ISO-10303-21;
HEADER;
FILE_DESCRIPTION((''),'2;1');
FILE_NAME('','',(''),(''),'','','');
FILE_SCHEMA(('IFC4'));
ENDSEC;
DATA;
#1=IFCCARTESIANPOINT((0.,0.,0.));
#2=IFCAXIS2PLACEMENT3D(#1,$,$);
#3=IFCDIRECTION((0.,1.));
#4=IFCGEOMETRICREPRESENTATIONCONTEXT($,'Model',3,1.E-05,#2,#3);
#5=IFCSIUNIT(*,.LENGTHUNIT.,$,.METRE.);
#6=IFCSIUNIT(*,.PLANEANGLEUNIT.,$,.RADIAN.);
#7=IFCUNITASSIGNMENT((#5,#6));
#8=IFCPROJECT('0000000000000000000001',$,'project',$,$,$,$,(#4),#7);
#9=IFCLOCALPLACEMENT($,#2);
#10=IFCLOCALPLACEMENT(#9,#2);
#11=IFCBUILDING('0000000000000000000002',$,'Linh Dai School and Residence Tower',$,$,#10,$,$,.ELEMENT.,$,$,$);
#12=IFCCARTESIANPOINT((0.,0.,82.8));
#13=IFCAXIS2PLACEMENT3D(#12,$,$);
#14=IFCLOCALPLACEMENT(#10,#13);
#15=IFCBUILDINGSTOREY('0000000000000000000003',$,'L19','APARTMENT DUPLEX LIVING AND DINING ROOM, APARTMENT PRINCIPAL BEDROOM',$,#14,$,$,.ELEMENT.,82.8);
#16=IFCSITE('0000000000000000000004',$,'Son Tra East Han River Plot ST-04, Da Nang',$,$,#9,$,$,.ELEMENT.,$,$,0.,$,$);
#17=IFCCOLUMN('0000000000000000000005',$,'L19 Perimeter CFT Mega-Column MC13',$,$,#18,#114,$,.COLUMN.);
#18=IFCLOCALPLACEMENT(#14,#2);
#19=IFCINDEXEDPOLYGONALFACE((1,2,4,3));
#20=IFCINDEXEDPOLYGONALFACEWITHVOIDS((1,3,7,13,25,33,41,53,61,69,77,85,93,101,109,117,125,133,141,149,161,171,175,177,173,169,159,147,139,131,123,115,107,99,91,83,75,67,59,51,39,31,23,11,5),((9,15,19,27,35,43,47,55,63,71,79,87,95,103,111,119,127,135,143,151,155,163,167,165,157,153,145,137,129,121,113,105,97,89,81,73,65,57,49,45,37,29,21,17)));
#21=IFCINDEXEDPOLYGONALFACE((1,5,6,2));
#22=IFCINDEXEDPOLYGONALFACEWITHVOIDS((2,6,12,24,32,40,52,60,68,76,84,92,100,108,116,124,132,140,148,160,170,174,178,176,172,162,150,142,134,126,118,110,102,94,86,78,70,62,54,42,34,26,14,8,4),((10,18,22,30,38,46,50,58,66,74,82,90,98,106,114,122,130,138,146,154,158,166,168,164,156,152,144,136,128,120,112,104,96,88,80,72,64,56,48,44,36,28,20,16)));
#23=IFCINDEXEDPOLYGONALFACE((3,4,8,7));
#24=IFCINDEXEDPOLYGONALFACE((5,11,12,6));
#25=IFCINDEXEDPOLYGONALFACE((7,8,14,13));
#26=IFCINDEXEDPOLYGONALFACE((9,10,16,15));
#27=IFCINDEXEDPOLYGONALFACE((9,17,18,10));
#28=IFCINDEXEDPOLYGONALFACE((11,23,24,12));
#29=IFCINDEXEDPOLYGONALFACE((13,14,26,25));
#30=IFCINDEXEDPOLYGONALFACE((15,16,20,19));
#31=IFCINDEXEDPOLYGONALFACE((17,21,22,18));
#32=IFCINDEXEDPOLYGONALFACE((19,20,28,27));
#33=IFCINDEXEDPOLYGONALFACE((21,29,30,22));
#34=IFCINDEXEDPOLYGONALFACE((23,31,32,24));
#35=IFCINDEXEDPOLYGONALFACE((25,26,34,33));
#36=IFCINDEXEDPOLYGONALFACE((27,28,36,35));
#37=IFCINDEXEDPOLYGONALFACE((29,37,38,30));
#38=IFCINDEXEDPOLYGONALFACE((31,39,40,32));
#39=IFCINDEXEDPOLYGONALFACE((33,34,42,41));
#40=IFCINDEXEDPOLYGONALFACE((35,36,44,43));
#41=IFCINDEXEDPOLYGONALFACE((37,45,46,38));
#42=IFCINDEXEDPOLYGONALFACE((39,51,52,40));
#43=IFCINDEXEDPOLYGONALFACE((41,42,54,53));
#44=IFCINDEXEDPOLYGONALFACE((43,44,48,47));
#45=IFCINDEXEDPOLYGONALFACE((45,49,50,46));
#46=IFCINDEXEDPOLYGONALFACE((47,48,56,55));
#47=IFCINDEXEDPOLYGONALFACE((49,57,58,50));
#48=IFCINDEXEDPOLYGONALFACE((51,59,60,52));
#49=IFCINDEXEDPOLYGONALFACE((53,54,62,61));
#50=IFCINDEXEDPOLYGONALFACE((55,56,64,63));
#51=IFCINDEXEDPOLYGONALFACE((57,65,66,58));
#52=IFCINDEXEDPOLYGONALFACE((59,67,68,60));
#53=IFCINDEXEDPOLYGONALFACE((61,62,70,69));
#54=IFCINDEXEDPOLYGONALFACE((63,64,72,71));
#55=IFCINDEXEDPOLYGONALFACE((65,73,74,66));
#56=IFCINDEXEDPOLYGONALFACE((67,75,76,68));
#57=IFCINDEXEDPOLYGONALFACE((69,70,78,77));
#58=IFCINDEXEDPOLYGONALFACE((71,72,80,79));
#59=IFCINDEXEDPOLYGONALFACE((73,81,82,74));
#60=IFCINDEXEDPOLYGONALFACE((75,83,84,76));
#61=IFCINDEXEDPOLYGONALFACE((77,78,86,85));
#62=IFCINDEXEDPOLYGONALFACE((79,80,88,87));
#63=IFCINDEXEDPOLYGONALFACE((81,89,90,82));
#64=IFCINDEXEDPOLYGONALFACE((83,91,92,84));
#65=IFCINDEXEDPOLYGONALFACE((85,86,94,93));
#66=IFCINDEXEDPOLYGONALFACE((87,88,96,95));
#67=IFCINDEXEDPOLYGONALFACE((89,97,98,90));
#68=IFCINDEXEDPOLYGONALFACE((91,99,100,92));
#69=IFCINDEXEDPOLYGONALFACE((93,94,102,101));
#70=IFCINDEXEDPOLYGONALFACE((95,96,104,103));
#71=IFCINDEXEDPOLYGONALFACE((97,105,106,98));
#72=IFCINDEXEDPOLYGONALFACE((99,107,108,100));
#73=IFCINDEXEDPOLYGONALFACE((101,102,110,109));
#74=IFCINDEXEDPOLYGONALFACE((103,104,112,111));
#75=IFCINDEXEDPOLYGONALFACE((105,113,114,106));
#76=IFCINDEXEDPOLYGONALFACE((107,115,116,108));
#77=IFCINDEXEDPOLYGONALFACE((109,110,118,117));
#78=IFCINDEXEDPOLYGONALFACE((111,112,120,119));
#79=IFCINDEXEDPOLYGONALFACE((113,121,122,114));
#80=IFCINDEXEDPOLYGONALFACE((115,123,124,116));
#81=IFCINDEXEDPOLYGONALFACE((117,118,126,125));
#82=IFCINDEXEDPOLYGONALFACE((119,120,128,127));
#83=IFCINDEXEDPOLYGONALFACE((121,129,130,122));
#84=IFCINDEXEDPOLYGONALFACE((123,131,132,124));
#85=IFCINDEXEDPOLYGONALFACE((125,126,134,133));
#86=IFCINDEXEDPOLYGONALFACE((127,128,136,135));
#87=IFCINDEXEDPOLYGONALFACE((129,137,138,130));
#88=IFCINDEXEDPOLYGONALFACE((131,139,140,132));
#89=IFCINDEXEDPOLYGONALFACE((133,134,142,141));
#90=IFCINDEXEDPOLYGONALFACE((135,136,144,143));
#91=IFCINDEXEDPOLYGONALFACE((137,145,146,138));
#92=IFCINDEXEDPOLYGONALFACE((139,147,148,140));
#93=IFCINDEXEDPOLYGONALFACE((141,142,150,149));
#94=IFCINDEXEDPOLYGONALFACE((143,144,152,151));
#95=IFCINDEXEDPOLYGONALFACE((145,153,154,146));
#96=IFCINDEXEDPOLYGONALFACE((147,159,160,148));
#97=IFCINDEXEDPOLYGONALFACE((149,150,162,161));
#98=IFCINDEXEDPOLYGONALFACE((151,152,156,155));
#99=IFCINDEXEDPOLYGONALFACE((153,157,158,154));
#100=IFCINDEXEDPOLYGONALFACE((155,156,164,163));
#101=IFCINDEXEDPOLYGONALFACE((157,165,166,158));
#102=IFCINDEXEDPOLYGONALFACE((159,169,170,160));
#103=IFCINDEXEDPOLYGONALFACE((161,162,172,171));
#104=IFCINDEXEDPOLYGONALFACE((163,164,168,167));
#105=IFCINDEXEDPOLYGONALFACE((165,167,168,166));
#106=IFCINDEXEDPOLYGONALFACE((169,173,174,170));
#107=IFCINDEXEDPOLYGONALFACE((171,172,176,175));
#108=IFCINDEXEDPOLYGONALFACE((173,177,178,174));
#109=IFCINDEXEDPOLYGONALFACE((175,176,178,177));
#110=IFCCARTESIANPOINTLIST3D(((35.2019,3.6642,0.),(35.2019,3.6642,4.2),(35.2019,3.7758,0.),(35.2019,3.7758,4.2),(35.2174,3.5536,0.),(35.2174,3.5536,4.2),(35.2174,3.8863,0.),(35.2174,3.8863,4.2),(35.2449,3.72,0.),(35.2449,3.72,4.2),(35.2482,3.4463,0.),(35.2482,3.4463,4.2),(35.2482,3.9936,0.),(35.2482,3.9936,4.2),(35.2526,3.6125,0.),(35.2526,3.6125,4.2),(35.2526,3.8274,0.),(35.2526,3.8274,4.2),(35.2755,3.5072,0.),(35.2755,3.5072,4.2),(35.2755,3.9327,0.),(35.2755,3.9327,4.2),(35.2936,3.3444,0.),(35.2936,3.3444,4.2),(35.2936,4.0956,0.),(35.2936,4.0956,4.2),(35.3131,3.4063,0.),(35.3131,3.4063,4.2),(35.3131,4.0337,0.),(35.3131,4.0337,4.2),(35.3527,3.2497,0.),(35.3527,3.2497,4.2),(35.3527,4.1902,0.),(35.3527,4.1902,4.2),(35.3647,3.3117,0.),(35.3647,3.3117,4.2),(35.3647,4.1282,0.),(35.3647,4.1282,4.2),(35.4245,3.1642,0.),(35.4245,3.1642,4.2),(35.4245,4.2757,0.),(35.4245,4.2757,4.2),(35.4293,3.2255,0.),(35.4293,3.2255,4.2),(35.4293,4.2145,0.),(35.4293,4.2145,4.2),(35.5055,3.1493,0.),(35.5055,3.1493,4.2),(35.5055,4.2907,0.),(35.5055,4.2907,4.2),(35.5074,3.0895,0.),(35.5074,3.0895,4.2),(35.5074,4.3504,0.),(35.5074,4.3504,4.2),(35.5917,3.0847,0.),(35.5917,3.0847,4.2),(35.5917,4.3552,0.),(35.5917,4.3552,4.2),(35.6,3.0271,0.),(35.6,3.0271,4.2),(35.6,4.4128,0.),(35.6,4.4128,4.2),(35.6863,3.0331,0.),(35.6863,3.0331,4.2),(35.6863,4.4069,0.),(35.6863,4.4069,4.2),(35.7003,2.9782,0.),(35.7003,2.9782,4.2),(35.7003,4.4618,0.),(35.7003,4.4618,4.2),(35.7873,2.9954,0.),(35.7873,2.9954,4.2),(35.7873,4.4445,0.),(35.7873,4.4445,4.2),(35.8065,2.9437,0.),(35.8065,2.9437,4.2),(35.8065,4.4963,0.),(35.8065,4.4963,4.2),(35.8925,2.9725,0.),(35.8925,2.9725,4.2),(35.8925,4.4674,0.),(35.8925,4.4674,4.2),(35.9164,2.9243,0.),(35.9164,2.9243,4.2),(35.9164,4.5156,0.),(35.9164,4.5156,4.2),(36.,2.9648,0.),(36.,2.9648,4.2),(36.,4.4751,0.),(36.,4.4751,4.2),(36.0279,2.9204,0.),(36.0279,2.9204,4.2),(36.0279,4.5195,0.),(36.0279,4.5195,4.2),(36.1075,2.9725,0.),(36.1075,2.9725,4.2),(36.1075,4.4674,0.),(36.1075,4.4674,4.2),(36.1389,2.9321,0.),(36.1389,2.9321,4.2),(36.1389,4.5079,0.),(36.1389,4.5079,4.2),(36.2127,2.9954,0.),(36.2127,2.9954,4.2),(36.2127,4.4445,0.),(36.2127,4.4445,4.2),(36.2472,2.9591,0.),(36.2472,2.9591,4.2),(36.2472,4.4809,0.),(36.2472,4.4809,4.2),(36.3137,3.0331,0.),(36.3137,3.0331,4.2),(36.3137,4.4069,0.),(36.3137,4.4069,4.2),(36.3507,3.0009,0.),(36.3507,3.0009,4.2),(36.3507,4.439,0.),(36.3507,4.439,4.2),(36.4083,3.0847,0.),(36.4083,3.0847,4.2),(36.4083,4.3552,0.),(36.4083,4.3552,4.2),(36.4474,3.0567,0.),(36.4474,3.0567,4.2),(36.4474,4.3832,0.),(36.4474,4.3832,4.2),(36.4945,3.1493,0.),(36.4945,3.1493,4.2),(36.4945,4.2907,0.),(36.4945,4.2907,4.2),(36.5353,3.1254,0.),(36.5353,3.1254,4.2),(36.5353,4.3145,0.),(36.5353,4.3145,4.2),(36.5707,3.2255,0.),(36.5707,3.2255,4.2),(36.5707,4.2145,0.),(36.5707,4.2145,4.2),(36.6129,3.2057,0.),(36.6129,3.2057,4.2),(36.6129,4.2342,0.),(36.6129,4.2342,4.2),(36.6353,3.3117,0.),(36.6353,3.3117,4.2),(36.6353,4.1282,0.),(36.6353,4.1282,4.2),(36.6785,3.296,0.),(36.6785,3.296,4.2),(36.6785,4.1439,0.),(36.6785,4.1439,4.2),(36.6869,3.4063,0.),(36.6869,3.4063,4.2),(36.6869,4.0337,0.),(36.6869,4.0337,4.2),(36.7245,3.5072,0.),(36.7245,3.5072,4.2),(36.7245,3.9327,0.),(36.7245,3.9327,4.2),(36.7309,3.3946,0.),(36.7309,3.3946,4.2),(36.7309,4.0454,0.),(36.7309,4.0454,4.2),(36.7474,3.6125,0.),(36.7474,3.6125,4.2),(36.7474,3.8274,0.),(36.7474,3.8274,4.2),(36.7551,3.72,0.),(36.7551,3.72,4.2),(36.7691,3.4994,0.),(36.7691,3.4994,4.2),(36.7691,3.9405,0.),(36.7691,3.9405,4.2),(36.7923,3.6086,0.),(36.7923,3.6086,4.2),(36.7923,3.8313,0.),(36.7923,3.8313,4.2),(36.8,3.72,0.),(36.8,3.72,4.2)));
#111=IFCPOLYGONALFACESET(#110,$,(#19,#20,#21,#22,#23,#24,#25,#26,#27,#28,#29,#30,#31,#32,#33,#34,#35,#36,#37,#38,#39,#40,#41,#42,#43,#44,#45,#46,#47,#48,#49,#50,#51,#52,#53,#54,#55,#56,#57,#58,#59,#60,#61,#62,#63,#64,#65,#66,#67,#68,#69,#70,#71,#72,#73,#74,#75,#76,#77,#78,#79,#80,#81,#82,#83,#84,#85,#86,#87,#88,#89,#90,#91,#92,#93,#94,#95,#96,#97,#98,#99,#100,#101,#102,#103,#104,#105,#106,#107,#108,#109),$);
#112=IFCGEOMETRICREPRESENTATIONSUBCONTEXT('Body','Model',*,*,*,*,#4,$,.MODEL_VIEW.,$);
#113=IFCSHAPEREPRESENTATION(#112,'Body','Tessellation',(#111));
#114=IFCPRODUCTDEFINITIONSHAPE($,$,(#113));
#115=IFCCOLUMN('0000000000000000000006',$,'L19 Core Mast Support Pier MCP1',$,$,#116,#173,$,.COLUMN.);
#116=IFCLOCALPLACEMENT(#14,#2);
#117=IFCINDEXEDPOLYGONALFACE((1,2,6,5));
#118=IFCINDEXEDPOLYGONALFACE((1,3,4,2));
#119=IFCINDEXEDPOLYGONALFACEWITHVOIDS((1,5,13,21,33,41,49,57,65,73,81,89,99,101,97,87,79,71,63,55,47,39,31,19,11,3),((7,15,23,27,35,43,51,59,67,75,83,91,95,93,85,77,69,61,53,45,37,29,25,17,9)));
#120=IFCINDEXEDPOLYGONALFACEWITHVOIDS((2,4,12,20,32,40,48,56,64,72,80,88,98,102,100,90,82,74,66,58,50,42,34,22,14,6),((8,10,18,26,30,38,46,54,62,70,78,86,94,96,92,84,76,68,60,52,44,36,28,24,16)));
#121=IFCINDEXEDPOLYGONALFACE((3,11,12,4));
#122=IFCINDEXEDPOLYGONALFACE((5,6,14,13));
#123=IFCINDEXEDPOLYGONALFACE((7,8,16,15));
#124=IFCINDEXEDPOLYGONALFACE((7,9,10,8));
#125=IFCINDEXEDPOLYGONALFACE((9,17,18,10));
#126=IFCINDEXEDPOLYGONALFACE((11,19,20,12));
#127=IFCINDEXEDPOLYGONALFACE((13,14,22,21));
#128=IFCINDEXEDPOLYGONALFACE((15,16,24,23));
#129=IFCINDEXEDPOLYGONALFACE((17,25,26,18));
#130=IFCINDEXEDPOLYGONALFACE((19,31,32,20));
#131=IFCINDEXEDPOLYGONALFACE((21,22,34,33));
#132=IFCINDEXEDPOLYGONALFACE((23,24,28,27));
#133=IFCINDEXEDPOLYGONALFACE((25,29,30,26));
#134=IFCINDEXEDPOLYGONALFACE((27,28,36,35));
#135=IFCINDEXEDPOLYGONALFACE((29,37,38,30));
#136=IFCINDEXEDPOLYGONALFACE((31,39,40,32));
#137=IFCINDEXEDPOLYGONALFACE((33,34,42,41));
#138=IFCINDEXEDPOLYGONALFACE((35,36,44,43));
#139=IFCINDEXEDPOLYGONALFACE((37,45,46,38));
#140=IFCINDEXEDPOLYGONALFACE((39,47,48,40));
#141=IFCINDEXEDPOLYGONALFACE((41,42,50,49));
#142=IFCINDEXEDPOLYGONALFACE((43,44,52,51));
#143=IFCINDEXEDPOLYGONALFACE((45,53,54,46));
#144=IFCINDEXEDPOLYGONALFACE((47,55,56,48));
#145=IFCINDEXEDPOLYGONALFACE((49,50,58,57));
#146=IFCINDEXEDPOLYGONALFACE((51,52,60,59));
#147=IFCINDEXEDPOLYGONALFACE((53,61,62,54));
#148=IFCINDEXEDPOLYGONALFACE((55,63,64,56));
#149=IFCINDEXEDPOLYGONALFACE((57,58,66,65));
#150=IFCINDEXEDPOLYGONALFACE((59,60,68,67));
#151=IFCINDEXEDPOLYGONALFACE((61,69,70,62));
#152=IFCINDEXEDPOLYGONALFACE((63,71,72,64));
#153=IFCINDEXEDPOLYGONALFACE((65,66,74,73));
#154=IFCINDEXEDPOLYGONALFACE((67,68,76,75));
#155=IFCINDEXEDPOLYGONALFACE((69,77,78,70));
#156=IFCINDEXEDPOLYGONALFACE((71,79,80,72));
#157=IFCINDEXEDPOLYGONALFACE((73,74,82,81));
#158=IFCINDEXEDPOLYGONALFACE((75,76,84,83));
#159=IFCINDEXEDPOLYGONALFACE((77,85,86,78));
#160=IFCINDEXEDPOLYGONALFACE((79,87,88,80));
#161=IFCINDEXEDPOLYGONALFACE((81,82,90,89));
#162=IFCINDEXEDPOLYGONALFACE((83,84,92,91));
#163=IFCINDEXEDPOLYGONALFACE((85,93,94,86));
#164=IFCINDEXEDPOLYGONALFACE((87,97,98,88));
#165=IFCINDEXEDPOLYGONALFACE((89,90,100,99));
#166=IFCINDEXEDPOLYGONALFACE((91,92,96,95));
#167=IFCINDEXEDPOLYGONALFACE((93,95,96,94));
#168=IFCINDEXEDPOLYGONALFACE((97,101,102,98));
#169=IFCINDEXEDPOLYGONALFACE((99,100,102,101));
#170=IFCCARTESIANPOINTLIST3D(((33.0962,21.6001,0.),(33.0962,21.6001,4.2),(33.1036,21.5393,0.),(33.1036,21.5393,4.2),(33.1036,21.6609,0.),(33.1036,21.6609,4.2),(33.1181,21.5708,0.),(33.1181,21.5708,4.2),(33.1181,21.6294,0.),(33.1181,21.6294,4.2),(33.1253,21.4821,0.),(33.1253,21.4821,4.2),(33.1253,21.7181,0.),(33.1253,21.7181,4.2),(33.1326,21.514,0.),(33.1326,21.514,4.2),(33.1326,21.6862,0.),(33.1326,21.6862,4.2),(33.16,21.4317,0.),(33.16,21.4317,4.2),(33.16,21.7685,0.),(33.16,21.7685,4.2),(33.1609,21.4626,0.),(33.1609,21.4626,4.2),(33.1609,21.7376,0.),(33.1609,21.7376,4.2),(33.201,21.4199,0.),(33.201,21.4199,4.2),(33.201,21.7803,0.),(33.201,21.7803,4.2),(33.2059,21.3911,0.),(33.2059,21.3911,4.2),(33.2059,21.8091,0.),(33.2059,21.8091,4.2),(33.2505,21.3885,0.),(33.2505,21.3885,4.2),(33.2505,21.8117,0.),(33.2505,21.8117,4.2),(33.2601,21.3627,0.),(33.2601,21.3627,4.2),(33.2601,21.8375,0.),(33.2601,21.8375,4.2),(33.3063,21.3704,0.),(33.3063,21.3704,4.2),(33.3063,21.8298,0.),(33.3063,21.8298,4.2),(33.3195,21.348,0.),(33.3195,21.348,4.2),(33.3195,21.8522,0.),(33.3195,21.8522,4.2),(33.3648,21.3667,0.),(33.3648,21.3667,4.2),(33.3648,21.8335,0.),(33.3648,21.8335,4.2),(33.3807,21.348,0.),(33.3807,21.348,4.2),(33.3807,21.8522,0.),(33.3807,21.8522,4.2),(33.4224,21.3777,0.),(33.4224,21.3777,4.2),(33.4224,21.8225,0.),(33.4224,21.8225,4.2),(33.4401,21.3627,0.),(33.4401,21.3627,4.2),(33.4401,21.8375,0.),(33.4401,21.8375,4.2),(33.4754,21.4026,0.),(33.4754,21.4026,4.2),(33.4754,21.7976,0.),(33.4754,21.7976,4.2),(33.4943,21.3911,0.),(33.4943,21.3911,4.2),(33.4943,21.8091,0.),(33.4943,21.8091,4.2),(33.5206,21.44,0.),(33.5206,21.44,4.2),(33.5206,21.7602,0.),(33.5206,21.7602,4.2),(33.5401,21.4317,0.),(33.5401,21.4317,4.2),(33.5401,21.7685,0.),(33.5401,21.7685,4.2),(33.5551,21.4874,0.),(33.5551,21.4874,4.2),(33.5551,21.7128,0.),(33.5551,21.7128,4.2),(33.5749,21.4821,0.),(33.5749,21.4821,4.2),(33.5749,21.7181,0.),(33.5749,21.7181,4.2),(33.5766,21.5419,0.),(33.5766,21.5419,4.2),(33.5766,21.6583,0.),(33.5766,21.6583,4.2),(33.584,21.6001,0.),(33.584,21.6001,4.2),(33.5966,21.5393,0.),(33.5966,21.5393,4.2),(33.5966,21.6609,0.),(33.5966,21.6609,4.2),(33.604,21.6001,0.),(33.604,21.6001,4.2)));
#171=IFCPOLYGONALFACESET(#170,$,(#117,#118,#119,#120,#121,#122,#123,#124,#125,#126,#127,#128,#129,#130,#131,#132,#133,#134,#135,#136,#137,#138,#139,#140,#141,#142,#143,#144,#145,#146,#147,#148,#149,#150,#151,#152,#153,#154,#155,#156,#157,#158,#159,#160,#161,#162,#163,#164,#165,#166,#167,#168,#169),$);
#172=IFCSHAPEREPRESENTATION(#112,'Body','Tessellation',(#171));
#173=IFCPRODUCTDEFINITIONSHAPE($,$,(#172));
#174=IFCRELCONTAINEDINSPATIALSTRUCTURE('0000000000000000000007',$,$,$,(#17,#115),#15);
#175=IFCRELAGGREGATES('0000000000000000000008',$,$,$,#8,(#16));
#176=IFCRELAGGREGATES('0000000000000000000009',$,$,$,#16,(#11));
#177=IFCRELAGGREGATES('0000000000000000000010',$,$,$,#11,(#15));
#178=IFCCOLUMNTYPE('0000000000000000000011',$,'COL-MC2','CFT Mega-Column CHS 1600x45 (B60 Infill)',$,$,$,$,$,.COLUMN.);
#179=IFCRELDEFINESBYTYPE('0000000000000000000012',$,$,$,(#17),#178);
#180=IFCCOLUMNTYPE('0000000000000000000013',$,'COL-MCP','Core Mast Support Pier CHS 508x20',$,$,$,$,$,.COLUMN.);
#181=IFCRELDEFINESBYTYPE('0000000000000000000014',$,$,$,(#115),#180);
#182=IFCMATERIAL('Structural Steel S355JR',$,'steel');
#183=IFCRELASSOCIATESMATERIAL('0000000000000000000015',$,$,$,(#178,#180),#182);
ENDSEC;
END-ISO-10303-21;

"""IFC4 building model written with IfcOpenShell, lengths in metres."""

from ifc_helpers import new_model, si_unit, direction, frame, origin, origin_2d, place, context, subcontext, project, spatial, hollow_circle, extrude, material, material_profile, profile_set, type_object, element, save


model = new_model("IFC4")

# Units and contexts
model_context = context("Model", 3, precision=1e-05, world=origin(), true_north=direction((0.0, 1.0)))
body_context = subcontext(model_context, "Body", "Model", "MODEL_VIEW")
ifc_project = project(units=[si_unit("LENGTHUNIT", "METRE"), si_unit("PLANEANGLEUNIT", "RADIAN")], contexts=[model_context])

# Site, building, storey
site_placement = place(None, origin())
site = spatial("IfcSite", under=ifc_project, at=site_placement, Name="Son Tra East Han River Plot ST-04, Da Nang", CompositionType="ELEMENT", RefElevation=0.0)
building_placement = place(site_placement, origin())
building = spatial("IfcBuilding", under=site, at=building_placement, Name="Linh Dai School and Residence Tower", CompositionType="ELEMENT")
storey_placement = place(building_placement, frame((0.0, 0.0, 82.8)))
storey = spatial("IfcBuildingStorey", under=building, at=storey_placement, Name="L19", Description="APARTMENT DUPLEX LIVING AND DINING ROOM, APARTMENT PRINCIPAL BEDROOM", CompositionType="ELEMENT", Elevation=82.8)

# Columns
ifc_material_1 = material(Name="Structural Steel S355JR", Category="steel")
ifc_material_profile_1 = material_profile(ifc_material_1, hollow_circle(Radius=0.8, WallThickness=0.0449, at=origin_2d()), Name="CHS 1600x45")
ifc_profile_set_1 = profile_set([ifc_material_profile_1], Name="Structural Steel S355JR")
column_type_1 = type_object("IfcColumnType", Name="COL-MC2", Description="CFT Mega-Column CHS 1600x45 (B60 Infill)", PredefinedType="COLUMN", material=ifc_profile_set_1)
column_1_placement = place(storey_placement, frame((36.0, 3.72, 0.0), z_axis=(0.0, 0.0, 1.0), x_axis=(1.0, 0.0, 0.0)))
element("IfcColumn", 1, at=column_1_placement, inside=storey, type_object=column_type_1, Name="L19 Perimeter CFT Mega-Column MC13", PredefinedType="COLUMN", context=body_context, shape_type="SweptSolid", body=[
    extrude(hollow_circle(Radius=0.8, WallThickness=0.0449, at=origin_2d()), origin(), (0.0, 0.0, 1.0), 4.2),
])
ifc_material_profile_2 = material_profile(ifc_material_1, hollow_circle(Radius=0.2539, WallThickness=0.02, at=origin_2d()), Name="CHS 508x20")
ifc_profile_set_2 = profile_set([ifc_material_profile_2], Name="Structural Steel S355JR")
column_type_2 = type_object("IfcColumnType", Name="COL-MCP", Description="Core Mast Support Pier CHS 508x20", PredefinedType="COLUMN", material=ifc_profile_set_2)
column_2_placement = place(storey_placement, frame((33.3501, 21.6001, 0.0), z_axis=(0.0, 0.0, 1.0), x_axis=(1.0, 0.0, 0.0)))
element("IfcColumn", 2, at=column_2_placement, inside=storey, type_object=column_type_2, Name="L19 Core Mast Support Pier MCP1", PredefinedType="COLUMN", context=body_context, shape_type="SweptSolid", body=[
    extrude(hollow_circle(Radius=0.2539, WallThickness=0.02, at=origin_2d()), origin(), (0.0, 0.0, 1.0), 4.2),
])

save(model, "model.ifc")
